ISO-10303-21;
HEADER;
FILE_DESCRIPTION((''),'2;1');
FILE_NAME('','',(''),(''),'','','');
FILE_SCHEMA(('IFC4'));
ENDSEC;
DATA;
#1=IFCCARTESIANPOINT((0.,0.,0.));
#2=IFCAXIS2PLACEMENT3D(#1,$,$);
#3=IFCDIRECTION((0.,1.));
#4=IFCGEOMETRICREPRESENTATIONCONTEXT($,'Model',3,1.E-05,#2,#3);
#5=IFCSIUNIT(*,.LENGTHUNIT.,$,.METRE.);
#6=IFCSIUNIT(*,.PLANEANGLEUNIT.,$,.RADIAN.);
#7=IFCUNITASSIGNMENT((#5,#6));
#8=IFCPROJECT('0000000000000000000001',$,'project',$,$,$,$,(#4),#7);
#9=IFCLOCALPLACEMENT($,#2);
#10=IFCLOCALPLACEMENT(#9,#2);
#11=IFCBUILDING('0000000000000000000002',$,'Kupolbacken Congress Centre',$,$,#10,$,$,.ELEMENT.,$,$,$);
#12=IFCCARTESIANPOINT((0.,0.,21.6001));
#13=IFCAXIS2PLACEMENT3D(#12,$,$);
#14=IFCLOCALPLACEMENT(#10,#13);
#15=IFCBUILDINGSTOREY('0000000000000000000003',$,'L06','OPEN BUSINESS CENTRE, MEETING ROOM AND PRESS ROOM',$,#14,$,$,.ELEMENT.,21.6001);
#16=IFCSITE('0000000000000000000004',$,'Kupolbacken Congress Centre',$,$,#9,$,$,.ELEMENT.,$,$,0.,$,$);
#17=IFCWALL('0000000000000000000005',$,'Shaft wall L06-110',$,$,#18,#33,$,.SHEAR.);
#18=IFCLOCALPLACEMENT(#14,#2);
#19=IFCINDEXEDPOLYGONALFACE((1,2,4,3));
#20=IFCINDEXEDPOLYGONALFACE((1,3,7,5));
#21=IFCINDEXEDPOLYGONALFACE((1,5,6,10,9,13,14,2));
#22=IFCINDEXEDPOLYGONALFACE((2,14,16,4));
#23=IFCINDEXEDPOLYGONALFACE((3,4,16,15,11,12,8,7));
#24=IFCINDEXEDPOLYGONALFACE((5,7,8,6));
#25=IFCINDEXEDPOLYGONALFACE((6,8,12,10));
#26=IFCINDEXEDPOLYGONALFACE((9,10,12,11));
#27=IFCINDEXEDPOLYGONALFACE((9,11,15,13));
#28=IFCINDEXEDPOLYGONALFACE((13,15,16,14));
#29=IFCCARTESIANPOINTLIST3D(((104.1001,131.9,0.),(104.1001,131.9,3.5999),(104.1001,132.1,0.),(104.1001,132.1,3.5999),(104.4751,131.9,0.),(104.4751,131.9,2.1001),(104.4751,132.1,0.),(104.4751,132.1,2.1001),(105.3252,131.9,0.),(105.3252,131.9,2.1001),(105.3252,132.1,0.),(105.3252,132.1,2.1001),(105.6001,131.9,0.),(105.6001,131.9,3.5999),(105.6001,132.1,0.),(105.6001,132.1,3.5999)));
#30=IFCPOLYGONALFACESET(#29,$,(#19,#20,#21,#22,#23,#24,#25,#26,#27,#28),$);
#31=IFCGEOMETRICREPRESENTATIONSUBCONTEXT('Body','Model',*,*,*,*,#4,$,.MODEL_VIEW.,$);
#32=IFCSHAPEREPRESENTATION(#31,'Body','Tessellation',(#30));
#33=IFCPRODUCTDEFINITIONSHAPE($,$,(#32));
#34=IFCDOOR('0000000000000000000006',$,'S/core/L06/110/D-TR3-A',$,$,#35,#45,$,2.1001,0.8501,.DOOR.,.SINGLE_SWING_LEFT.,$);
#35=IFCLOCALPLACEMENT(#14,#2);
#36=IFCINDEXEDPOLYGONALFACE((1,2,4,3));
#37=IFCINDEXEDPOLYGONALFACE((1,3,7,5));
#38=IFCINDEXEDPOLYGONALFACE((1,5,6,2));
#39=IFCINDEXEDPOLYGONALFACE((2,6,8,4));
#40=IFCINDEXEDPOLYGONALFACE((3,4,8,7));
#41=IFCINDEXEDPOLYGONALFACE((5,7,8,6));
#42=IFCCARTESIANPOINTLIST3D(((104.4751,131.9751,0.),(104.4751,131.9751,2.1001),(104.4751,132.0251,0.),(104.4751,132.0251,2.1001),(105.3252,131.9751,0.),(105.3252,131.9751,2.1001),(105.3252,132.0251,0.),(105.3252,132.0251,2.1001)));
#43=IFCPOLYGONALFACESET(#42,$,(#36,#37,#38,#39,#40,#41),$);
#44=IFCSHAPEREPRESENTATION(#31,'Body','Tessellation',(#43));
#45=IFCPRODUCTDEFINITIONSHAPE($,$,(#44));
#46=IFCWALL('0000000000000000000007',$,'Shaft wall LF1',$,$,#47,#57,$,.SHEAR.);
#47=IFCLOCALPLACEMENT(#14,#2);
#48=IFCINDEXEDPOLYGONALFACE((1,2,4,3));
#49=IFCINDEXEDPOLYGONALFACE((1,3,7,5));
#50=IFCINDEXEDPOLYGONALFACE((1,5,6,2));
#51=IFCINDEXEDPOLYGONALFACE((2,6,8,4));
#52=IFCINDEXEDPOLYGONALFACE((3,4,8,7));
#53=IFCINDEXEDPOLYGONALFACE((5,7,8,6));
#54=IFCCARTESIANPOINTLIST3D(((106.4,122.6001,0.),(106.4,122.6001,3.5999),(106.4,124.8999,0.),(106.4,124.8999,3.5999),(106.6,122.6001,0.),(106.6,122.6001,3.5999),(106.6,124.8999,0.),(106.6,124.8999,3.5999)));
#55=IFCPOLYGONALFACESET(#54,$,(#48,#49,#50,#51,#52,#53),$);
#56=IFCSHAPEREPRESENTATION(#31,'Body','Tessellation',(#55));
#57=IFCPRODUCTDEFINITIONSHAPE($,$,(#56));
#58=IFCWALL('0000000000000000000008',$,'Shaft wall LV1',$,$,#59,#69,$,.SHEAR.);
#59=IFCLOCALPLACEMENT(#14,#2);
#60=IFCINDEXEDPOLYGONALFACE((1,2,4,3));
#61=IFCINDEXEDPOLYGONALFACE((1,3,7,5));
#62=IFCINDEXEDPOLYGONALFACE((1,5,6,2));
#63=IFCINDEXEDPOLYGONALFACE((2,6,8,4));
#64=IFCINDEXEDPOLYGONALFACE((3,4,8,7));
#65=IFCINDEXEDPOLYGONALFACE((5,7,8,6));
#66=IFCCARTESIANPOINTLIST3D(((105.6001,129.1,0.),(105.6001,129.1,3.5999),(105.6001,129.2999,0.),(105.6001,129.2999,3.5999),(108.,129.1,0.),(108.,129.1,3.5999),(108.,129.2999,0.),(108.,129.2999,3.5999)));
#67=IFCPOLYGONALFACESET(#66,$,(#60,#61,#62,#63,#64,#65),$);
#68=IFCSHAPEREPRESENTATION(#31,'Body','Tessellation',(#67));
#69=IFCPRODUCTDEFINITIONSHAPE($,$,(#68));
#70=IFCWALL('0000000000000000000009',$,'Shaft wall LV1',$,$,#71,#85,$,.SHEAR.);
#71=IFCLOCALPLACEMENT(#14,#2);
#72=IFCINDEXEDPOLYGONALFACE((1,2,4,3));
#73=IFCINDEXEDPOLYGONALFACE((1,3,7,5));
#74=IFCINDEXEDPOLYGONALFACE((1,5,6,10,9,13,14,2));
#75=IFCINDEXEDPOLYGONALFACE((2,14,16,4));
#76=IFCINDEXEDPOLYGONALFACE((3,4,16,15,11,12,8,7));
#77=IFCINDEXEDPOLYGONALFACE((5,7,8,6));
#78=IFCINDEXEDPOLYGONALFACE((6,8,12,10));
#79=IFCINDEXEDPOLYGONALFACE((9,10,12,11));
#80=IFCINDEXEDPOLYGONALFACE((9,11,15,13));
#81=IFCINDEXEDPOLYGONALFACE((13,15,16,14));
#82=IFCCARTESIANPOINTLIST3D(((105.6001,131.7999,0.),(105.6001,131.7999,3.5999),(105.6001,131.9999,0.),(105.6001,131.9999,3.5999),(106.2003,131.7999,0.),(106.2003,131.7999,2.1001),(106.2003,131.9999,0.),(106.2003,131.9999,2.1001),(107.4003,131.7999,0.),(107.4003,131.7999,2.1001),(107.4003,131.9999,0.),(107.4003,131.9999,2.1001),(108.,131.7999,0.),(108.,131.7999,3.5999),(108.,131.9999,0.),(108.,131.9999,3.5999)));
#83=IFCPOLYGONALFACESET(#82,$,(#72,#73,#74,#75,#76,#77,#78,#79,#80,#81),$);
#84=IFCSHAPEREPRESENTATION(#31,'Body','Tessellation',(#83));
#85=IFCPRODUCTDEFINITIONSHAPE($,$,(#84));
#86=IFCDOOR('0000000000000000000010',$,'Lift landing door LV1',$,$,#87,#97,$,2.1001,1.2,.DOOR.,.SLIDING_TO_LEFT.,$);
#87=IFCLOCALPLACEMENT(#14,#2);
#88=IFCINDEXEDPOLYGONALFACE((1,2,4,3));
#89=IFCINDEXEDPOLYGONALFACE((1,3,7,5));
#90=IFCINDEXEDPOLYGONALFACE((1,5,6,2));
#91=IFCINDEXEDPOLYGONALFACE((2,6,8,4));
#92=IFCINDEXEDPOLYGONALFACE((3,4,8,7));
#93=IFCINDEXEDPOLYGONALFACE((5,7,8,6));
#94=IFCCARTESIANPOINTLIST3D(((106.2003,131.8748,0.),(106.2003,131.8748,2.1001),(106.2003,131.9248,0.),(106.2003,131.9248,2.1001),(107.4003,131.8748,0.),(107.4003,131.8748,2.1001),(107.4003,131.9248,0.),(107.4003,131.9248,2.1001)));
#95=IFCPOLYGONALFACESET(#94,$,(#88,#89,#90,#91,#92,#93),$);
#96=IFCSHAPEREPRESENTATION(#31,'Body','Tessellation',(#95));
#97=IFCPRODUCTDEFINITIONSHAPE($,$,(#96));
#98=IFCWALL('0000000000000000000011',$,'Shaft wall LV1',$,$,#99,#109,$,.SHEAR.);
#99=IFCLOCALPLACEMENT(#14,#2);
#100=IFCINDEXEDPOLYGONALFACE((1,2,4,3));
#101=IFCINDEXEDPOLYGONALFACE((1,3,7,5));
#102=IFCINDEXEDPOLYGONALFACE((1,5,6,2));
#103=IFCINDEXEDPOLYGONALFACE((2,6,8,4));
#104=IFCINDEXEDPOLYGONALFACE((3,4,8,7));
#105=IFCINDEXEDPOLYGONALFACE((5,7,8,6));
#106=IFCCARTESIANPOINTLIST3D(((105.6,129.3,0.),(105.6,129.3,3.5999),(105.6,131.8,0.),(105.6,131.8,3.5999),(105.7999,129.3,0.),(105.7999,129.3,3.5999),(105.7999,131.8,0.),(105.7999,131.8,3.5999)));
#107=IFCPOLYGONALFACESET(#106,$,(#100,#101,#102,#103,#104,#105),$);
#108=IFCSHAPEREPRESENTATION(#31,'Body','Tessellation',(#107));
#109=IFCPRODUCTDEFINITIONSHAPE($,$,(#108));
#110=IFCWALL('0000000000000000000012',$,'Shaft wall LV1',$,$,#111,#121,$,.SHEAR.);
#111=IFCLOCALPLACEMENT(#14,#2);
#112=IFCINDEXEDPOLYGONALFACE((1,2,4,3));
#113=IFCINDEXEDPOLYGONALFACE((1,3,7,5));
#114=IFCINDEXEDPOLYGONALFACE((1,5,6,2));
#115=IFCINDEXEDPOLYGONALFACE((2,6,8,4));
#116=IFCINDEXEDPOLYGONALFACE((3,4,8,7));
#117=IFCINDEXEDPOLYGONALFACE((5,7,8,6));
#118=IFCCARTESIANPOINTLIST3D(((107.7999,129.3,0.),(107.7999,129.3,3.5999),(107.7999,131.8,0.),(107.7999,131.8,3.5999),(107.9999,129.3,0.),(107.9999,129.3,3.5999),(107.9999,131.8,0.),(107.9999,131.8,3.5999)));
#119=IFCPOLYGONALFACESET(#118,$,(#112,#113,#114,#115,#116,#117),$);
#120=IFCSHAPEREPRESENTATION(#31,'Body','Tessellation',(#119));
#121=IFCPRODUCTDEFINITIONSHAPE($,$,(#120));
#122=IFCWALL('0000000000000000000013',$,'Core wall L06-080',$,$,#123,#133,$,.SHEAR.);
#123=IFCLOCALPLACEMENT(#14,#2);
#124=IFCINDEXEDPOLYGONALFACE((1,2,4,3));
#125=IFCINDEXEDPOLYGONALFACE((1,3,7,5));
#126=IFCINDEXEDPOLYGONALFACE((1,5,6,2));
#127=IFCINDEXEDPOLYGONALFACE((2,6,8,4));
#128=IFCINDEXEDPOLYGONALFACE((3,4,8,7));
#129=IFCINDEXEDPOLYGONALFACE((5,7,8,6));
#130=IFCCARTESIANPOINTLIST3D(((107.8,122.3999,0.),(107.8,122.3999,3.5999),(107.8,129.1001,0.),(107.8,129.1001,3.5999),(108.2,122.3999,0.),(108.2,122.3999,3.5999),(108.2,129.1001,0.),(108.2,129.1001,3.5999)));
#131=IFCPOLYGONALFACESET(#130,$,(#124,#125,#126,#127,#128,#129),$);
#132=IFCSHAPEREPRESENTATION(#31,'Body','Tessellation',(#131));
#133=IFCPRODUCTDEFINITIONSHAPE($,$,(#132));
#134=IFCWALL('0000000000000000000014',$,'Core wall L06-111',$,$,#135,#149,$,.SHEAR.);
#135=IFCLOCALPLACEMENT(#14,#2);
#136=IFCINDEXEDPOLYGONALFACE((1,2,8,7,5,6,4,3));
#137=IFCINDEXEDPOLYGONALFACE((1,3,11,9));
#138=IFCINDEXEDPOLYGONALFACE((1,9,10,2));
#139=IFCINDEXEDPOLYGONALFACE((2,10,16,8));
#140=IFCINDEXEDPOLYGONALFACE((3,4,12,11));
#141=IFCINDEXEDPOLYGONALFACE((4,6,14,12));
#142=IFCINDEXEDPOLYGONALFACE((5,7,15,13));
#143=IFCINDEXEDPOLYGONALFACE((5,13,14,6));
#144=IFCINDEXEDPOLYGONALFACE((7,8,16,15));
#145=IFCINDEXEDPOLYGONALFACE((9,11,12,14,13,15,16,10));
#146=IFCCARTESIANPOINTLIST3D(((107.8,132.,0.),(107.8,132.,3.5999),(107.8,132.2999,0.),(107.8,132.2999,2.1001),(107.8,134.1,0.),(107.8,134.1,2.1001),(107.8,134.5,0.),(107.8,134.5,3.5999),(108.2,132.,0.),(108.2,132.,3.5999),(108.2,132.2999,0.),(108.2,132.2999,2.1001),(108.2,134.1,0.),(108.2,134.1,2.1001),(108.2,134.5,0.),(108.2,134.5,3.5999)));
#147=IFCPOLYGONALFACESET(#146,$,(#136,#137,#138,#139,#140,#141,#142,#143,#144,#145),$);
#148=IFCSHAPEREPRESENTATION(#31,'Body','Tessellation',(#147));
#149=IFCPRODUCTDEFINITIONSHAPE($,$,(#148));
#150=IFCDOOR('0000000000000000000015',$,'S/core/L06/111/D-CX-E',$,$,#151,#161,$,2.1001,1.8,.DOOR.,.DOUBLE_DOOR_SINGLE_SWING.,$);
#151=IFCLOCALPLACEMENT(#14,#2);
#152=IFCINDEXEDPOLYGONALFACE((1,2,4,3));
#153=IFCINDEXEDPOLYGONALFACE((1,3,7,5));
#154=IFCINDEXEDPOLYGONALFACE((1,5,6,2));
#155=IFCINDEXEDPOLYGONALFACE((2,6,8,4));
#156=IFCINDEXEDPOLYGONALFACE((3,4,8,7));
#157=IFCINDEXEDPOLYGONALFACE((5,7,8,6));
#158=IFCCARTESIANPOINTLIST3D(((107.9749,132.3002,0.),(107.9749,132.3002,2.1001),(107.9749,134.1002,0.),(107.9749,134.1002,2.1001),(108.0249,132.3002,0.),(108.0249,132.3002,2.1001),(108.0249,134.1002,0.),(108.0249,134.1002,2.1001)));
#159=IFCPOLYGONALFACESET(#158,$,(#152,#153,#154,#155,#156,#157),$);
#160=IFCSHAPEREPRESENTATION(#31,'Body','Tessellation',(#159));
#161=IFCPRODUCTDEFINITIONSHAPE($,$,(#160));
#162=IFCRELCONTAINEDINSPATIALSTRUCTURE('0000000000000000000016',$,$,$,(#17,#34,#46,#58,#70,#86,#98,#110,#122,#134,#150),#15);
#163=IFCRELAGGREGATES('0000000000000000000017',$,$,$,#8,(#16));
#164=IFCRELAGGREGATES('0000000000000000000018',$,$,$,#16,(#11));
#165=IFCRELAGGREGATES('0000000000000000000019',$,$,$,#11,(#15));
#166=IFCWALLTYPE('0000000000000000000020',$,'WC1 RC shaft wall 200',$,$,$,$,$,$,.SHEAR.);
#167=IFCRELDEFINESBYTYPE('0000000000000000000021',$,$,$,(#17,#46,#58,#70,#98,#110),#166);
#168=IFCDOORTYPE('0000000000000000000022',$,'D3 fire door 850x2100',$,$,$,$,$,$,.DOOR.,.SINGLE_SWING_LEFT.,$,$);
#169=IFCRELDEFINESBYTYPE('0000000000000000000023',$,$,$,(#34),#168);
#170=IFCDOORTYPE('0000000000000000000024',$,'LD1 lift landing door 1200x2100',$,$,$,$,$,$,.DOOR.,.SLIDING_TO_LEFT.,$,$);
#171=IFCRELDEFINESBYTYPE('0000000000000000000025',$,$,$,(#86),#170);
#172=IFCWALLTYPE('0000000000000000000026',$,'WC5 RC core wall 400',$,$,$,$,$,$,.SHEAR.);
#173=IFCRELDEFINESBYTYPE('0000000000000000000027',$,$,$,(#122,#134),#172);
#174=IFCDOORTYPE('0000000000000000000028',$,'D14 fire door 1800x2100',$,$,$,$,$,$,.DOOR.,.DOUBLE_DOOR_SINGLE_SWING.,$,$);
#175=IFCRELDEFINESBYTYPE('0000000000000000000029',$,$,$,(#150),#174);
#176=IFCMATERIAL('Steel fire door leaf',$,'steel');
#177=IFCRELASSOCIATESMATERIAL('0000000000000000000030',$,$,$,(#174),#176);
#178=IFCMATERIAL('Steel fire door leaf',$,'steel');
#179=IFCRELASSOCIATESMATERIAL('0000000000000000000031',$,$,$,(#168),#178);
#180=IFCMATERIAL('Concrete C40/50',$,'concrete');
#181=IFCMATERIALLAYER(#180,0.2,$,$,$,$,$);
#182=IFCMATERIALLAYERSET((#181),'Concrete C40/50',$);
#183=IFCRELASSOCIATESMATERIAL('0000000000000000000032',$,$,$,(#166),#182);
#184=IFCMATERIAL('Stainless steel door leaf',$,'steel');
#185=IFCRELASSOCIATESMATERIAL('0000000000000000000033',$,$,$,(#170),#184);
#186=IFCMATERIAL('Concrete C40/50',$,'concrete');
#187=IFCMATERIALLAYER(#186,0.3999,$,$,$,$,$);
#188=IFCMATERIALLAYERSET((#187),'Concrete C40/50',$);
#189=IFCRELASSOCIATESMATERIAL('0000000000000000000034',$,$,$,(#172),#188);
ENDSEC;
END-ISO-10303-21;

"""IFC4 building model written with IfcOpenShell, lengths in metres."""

from ifc_helpers import new_model, si_unit, direction, frame, frame_2d, origin, place, context, subcontext, project, spatial, rectangle, extrude, material, layer, layer_set, type_object, element, fill, save


model = new_model("IFC4")

# Units and contexts
model_context = context("Model", 3, precision=1e-05, world=origin(), true_north=direction((0.0, 1.0)))
body_context = subcontext(model_context, "Body", "Model", "MODEL_VIEW")
ifc_project = project(units=[si_unit("LENGTHUNIT", "METRE"), si_unit("PLANEANGLEUNIT", "RADIAN")], contexts=[model_context])

# Site, building, storey
site_placement = place(None, origin())
site = spatial("IfcSite", under=ifc_project, at=site_placement, Name="Kupolbacken Congress Centre", CompositionType="ELEMENT", RefElevation=0.0)
building_placement = place(site_placement, origin())
building = spatial("IfcBuilding", under=site, at=building_placement, Name="Kupolbacken Congress Centre", CompositionType="ELEMENT")
storey_placement = place(building_placement, frame((0.0, 0.0, 21.6001)))
storey = spatial("IfcBuildingStorey", under=building, at=storey_placement, Name="L06", Description="OPEN BUSINESS CENTRE, MEETING ROOM AND PRESS ROOM", CompositionType="ELEMENT", Elevation=21.6001)

# Shared definitions
ifc_material_1 = material(Name="Steel fire door leaf", Category="steel")
door_type_1 = type_object("IfcDoorType", Name="D14 fire door 1800x2100", OperationType="DOUBLE_DOOR_SINGLE_SWING", PredefinedType="DOOR", material=ifc_material_1)
ifc_material_2 = material(Name="Steel fire door leaf", Category="steel")
door_type_2 = type_object("IfcDoorType", Name="D3 fire door 850x2100", OperationType="SINGLE_SWING_LEFT", PredefinedType="DOOR", material=ifc_material_2)

# Shared definitions
ifc_material_3 = material(Name="Concrete C40/50", Category="concrete")
ifc_layer_1 = layer(ifc_material_3, 0.2)
ifc_layer_set_1 = layer_set([ifc_layer_1], Name="Concrete C40/50")
wall_type_1 = type_object("IfcWallType", Name="WC1 RC shaft wall 200", PredefinedType="SHEAR", material=ifc_layer_set_1)

# Wall, opening, door
wall_1_placement = place(storey_placement, frame((105.6001, 132.0, 0.0), z_axis=(0.0, 0.0, 1.0), x_axis=(-1.0, 0.0, 0.0)))
wall_1 = element("IfcWall", 1, at=wall_1_placement, inside=storey, type_object=wall_type_1, Name="Shaft wall L06-110", PredefinedType="SHEAR", context=body_context, shape_type="SweptSolid", body=[
    extrude(rectangle(XDim=1.5, YDim=0.2, at=frame_2d((0.75, 0.0))), origin(), (0.0, 0.0, 1.0), 3.5999),
])
opening_1_placement = place(wall_1_placement, frame((0.2749, 0.0, 0.0)))
opening_1 = element("IfcOpeningElement", 2, at=opening_1_placement, cuts=wall_1, PredefinedType="OPENING", context=body_context, shape_type="SweptSolid", body=[
    extrude(rectangle(XDim=0.8501, YDim=2.1001, at=frame_2d((0.425, 1.05))), frame((0.0, 0.1099, 0.0), z_axis=(0.0, -1.0, 0.0), x_axis=(1.0, 0.0, 0.0)), (0.0, 0.0, 1.0), 0.22),
])
door_1_placement = place(opening_1_placement, origin())
door_1 = element("IfcDoor", 3, at=door_1_placement, inside=storey, type_object=door_type_2, Name="S/core/L06/110/D-TR3-A", OperationType="SINGLE_SWING_LEFT", OverallHeight=2.1001, OverallWidth=0.8501, PredefinedType="DOOR", context=body_context, shape_type="SweptSolid", body=[
    extrude(rectangle(XDim=0.8501, YDim=2.1001, at=frame_2d((0.425, 1.05))), frame((0.0, 0.0249, 0.0), z_axis=(0.0, -1.0, 0.0), x_axis=(1.0, 0.0, 0.0)), (0.0, 0.0, 1.0), 0.05),
])
fill(opening_1, door_1)

# Walls
wall_2_placement = place(storey_placement, frame((106.5, 122.6001, 0.0), z_axis=(0.0, 0.0, 1.0), x_axis=(0.0, 1.0, 0.0)))
element("IfcWall", 4, at=wall_2_placement, inside=storey, type_object=wall_type_1, Name="Shaft wall LF1", PredefinedType="SHEAR", context=body_context, shape_type="SweptSolid", body=[
    extrude(rectangle(XDim=2.2998, YDim=0.2, at=frame_2d((1.1499, 0.0))), origin(), (0.0, 0.0, 1.0), 3.5999),
])
wall_3_placement = place(storey_placement, frame((105.6001, 129.2, 0.0), z_axis=(0.0, 0.0, 1.0), x_axis=(1.0, 0.0, 0.0)))
element("IfcWall", 5, at=wall_3_placement, inside=storey, type_object=wall_type_1, Name="Shaft wall LV1", PredefinedType="SHEAR", context=body_context, shape_type="SweptSolid", body=[
    extrude(rectangle(XDim=2.3999, YDim=0.2, at=frame_2d((1.2, 0.0))), origin(), (0.0, 0.0, 1.0), 3.5999),
])

# Wall, opening, door
wall_4_placement = place(storey_placement, frame((105.6001, 131.8999, 0.0), z_axis=(0.0, 0.0, 1.0), x_axis=(1.0, 0.0, 0.0)))
wall_4 = element("IfcWall", 6, at=wall_4_placement, inside=storey, type_object=wall_type_1, Name="Shaft wall LV1", PredefinedType="SHEAR", context=body_context, shape_type="SweptSolid", body=[
    extrude(rectangle(XDim=2.3999, YDim=0.2, at=frame_2d((1.2, 0.0))), origin(), (0.0, 0.0, 1.0), 3.5999),
])
opening_2_placement = place(wall_4_placement, frame((0.6001, 0.0, 0.0)))
opening_2 = element("IfcOpeningElement", 7, at=opening_2_placement, cuts=wall_4, PredefinedType="OPENING", context=body_context, shape_type="SweptSolid", body=[
    extrude(rectangle(XDim=1.2, YDim=2.1001, at=frame_2d((0.6001, 1.05))), frame((0.0, 0.1099, 0.0), z_axis=(0.0, -1.0, 0.0), x_axis=(1.0, 0.0, 0.0)), (0.0, 0.0, 1.0), 0.22),
])
ifc_material_4 = material(Name="Stainless steel door leaf", Category="steel")
door_type_3 = type_object("IfcDoorType", Name="LD1 lift landing door 1200x2100", OperationType="SLIDING_TO_LEFT", PredefinedType="DOOR", material=ifc_material_4)
door_2_placement = place(opening_2_placement, origin())
door_2 = element("IfcDoor", 8, at=door_2_placement, inside=storey, type_object=door_type_3, Name="Lift landing door LV1", OperationType="SLIDING_TO_LEFT", OverallHeight=2.1001, OverallWidth=1.2, PredefinedType="DOOR", context=body_context, shape_type="SweptSolid", body=[
    extrude(rectangle(XDim=1.2, YDim=2.1001, at=frame_2d((0.6001, 1.05))), frame((0.0, 0.0249, 0.0), z_axis=(0.0, -1.0, 0.0), x_axis=(1.0, 0.0, 0.0)), (0.0, 0.0, 1.0), 0.05),
])
fill(opening_2, door_2)

# Walls
for number, where, z_axis, x_axis, name in (
    (9, (105.7, 129.3, 0.0), (0.0, 0.0, 1.0), (0.0, 1.0, 0.0), "Shaft wall LV1"),
    (10, (107.8999, 129.3, 0.0), (0.0, 0.0, 1.0), (0.0, 1.0, 0.0), "Shaft wall LV1"),
):
    element("IfcWall", number, at=place(storey_placement, frame(where, z_axis=z_axis, x_axis=x_axis)), inside=storey, type_object=wall_type_1, Name=name, PredefinedType="SHEAR", context=body_context, shape_type="SweptSolid", body=[
        extrude(rectangle(XDim=2.5, YDim=0.2, at=frame_2d((1.25, 0.0))), origin(), (0.0, 0.0, 1.0), 3.5999),
    ])
ifc_material_5 = material(Name="Concrete C40/50", Category="concrete")
ifc_layer_2 = layer(ifc_material_5, 0.3999)
ifc_layer_set_2 = layer_set([ifc_layer_2], Name="Concrete C40/50")
wall_type_2 = type_object("IfcWallType", Name="WC5 RC core wall 400", PredefinedType="SHEAR", material=ifc_layer_set_2)
wall_5_placement = place(storey_placement, frame((108.0, 122.3999, 0.0), z_axis=(0.0, 0.0, 1.0), x_axis=(0.0, 1.0, 0.0)))
element("IfcWall", 11, at=wall_5_placement, inside=storey, type_object=wall_type_2, Name="Core wall L06-080", PredefinedType="SHEAR", context=body_context, shape_type="SweptSolid", body=[
    extrude(rectangle(XDim=6.7002, YDim=0.3999, at=frame_2d((3.3501, 0.0))), origin(), (0.0, 0.0, 1.0), 3.5999),
])

# Wall, opening, door
wall_6_placement = place(storey_placement, frame((108.0, 132.0, 0.0), z_axis=(0.0, 0.0, 1.0), x_axis=(0.0, 1.0, 0.0)))
wall_6 = element("IfcWall", 12, at=wall_6_placement, inside=storey, type_object=wall_type_2, Name="Core wall L06-111", PredefinedType="SHEAR", context=body_context, shape_type="SweptSolid", body=[
    extrude(rectangle(XDim=2.5, YDim=0.3999, at=frame_2d((1.25, 0.0))), origin(), (0.0, 0.0, 1.0), 3.5999),
])
opening_3_placement = place(wall_6_placement, frame((0.3, 0.0, 0.0)))
opening_3 = element("IfcOpeningElement", 13, at=opening_3_placement, cuts=wall_6, PredefinedType="OPENING", context=body_context, shape_type="SweptSolid", body=[
    extrude(rectangle(XDim=1.8, YDim=2.1001, at=frame_2d((0.8999, 1.05))), frame((0.0, 0.21, 0.0), z_axis=(0.0, -1.0, 0.0), x_axis=(1.0, 0.0, 0.0)), (0.0, 0.0, 1.0), 0.4199),
])
door_3_placement = place(opening_3_placement, frame((1.8, 0.0, 0.0), z_axis=(0.0, 0.0, 1.0), x_axis=(-1.0, 0.0, 0.0)))
door_3 = element("IfcDoor", 14, at=door_3_placement, inside=storey, type_object=door_type_1, Name="S/core/L06/111/D-CX-E", OperationType="DOUBLE_DOOR_SINGLE_SWING", OverallHeight=2.1001, OverallWidth=1.8, PredefinedType="DOOR", context=body_context, shape_type="SweptSolid", body=[
    extrude(rectangle(XDim=1.8, YDim=2.1001, at=frame_2d((0.8999, 1.05))), frame((0.0, 0.0249, 0.0), z_axis=(0.0, -1.0, 0.0), x_axis=(1.0, 0.0, 0.0)), (0.0, 0.0, 1.0), 0.05),
])
fill(opening_3, door_3)

save(model, "model.ifc")
